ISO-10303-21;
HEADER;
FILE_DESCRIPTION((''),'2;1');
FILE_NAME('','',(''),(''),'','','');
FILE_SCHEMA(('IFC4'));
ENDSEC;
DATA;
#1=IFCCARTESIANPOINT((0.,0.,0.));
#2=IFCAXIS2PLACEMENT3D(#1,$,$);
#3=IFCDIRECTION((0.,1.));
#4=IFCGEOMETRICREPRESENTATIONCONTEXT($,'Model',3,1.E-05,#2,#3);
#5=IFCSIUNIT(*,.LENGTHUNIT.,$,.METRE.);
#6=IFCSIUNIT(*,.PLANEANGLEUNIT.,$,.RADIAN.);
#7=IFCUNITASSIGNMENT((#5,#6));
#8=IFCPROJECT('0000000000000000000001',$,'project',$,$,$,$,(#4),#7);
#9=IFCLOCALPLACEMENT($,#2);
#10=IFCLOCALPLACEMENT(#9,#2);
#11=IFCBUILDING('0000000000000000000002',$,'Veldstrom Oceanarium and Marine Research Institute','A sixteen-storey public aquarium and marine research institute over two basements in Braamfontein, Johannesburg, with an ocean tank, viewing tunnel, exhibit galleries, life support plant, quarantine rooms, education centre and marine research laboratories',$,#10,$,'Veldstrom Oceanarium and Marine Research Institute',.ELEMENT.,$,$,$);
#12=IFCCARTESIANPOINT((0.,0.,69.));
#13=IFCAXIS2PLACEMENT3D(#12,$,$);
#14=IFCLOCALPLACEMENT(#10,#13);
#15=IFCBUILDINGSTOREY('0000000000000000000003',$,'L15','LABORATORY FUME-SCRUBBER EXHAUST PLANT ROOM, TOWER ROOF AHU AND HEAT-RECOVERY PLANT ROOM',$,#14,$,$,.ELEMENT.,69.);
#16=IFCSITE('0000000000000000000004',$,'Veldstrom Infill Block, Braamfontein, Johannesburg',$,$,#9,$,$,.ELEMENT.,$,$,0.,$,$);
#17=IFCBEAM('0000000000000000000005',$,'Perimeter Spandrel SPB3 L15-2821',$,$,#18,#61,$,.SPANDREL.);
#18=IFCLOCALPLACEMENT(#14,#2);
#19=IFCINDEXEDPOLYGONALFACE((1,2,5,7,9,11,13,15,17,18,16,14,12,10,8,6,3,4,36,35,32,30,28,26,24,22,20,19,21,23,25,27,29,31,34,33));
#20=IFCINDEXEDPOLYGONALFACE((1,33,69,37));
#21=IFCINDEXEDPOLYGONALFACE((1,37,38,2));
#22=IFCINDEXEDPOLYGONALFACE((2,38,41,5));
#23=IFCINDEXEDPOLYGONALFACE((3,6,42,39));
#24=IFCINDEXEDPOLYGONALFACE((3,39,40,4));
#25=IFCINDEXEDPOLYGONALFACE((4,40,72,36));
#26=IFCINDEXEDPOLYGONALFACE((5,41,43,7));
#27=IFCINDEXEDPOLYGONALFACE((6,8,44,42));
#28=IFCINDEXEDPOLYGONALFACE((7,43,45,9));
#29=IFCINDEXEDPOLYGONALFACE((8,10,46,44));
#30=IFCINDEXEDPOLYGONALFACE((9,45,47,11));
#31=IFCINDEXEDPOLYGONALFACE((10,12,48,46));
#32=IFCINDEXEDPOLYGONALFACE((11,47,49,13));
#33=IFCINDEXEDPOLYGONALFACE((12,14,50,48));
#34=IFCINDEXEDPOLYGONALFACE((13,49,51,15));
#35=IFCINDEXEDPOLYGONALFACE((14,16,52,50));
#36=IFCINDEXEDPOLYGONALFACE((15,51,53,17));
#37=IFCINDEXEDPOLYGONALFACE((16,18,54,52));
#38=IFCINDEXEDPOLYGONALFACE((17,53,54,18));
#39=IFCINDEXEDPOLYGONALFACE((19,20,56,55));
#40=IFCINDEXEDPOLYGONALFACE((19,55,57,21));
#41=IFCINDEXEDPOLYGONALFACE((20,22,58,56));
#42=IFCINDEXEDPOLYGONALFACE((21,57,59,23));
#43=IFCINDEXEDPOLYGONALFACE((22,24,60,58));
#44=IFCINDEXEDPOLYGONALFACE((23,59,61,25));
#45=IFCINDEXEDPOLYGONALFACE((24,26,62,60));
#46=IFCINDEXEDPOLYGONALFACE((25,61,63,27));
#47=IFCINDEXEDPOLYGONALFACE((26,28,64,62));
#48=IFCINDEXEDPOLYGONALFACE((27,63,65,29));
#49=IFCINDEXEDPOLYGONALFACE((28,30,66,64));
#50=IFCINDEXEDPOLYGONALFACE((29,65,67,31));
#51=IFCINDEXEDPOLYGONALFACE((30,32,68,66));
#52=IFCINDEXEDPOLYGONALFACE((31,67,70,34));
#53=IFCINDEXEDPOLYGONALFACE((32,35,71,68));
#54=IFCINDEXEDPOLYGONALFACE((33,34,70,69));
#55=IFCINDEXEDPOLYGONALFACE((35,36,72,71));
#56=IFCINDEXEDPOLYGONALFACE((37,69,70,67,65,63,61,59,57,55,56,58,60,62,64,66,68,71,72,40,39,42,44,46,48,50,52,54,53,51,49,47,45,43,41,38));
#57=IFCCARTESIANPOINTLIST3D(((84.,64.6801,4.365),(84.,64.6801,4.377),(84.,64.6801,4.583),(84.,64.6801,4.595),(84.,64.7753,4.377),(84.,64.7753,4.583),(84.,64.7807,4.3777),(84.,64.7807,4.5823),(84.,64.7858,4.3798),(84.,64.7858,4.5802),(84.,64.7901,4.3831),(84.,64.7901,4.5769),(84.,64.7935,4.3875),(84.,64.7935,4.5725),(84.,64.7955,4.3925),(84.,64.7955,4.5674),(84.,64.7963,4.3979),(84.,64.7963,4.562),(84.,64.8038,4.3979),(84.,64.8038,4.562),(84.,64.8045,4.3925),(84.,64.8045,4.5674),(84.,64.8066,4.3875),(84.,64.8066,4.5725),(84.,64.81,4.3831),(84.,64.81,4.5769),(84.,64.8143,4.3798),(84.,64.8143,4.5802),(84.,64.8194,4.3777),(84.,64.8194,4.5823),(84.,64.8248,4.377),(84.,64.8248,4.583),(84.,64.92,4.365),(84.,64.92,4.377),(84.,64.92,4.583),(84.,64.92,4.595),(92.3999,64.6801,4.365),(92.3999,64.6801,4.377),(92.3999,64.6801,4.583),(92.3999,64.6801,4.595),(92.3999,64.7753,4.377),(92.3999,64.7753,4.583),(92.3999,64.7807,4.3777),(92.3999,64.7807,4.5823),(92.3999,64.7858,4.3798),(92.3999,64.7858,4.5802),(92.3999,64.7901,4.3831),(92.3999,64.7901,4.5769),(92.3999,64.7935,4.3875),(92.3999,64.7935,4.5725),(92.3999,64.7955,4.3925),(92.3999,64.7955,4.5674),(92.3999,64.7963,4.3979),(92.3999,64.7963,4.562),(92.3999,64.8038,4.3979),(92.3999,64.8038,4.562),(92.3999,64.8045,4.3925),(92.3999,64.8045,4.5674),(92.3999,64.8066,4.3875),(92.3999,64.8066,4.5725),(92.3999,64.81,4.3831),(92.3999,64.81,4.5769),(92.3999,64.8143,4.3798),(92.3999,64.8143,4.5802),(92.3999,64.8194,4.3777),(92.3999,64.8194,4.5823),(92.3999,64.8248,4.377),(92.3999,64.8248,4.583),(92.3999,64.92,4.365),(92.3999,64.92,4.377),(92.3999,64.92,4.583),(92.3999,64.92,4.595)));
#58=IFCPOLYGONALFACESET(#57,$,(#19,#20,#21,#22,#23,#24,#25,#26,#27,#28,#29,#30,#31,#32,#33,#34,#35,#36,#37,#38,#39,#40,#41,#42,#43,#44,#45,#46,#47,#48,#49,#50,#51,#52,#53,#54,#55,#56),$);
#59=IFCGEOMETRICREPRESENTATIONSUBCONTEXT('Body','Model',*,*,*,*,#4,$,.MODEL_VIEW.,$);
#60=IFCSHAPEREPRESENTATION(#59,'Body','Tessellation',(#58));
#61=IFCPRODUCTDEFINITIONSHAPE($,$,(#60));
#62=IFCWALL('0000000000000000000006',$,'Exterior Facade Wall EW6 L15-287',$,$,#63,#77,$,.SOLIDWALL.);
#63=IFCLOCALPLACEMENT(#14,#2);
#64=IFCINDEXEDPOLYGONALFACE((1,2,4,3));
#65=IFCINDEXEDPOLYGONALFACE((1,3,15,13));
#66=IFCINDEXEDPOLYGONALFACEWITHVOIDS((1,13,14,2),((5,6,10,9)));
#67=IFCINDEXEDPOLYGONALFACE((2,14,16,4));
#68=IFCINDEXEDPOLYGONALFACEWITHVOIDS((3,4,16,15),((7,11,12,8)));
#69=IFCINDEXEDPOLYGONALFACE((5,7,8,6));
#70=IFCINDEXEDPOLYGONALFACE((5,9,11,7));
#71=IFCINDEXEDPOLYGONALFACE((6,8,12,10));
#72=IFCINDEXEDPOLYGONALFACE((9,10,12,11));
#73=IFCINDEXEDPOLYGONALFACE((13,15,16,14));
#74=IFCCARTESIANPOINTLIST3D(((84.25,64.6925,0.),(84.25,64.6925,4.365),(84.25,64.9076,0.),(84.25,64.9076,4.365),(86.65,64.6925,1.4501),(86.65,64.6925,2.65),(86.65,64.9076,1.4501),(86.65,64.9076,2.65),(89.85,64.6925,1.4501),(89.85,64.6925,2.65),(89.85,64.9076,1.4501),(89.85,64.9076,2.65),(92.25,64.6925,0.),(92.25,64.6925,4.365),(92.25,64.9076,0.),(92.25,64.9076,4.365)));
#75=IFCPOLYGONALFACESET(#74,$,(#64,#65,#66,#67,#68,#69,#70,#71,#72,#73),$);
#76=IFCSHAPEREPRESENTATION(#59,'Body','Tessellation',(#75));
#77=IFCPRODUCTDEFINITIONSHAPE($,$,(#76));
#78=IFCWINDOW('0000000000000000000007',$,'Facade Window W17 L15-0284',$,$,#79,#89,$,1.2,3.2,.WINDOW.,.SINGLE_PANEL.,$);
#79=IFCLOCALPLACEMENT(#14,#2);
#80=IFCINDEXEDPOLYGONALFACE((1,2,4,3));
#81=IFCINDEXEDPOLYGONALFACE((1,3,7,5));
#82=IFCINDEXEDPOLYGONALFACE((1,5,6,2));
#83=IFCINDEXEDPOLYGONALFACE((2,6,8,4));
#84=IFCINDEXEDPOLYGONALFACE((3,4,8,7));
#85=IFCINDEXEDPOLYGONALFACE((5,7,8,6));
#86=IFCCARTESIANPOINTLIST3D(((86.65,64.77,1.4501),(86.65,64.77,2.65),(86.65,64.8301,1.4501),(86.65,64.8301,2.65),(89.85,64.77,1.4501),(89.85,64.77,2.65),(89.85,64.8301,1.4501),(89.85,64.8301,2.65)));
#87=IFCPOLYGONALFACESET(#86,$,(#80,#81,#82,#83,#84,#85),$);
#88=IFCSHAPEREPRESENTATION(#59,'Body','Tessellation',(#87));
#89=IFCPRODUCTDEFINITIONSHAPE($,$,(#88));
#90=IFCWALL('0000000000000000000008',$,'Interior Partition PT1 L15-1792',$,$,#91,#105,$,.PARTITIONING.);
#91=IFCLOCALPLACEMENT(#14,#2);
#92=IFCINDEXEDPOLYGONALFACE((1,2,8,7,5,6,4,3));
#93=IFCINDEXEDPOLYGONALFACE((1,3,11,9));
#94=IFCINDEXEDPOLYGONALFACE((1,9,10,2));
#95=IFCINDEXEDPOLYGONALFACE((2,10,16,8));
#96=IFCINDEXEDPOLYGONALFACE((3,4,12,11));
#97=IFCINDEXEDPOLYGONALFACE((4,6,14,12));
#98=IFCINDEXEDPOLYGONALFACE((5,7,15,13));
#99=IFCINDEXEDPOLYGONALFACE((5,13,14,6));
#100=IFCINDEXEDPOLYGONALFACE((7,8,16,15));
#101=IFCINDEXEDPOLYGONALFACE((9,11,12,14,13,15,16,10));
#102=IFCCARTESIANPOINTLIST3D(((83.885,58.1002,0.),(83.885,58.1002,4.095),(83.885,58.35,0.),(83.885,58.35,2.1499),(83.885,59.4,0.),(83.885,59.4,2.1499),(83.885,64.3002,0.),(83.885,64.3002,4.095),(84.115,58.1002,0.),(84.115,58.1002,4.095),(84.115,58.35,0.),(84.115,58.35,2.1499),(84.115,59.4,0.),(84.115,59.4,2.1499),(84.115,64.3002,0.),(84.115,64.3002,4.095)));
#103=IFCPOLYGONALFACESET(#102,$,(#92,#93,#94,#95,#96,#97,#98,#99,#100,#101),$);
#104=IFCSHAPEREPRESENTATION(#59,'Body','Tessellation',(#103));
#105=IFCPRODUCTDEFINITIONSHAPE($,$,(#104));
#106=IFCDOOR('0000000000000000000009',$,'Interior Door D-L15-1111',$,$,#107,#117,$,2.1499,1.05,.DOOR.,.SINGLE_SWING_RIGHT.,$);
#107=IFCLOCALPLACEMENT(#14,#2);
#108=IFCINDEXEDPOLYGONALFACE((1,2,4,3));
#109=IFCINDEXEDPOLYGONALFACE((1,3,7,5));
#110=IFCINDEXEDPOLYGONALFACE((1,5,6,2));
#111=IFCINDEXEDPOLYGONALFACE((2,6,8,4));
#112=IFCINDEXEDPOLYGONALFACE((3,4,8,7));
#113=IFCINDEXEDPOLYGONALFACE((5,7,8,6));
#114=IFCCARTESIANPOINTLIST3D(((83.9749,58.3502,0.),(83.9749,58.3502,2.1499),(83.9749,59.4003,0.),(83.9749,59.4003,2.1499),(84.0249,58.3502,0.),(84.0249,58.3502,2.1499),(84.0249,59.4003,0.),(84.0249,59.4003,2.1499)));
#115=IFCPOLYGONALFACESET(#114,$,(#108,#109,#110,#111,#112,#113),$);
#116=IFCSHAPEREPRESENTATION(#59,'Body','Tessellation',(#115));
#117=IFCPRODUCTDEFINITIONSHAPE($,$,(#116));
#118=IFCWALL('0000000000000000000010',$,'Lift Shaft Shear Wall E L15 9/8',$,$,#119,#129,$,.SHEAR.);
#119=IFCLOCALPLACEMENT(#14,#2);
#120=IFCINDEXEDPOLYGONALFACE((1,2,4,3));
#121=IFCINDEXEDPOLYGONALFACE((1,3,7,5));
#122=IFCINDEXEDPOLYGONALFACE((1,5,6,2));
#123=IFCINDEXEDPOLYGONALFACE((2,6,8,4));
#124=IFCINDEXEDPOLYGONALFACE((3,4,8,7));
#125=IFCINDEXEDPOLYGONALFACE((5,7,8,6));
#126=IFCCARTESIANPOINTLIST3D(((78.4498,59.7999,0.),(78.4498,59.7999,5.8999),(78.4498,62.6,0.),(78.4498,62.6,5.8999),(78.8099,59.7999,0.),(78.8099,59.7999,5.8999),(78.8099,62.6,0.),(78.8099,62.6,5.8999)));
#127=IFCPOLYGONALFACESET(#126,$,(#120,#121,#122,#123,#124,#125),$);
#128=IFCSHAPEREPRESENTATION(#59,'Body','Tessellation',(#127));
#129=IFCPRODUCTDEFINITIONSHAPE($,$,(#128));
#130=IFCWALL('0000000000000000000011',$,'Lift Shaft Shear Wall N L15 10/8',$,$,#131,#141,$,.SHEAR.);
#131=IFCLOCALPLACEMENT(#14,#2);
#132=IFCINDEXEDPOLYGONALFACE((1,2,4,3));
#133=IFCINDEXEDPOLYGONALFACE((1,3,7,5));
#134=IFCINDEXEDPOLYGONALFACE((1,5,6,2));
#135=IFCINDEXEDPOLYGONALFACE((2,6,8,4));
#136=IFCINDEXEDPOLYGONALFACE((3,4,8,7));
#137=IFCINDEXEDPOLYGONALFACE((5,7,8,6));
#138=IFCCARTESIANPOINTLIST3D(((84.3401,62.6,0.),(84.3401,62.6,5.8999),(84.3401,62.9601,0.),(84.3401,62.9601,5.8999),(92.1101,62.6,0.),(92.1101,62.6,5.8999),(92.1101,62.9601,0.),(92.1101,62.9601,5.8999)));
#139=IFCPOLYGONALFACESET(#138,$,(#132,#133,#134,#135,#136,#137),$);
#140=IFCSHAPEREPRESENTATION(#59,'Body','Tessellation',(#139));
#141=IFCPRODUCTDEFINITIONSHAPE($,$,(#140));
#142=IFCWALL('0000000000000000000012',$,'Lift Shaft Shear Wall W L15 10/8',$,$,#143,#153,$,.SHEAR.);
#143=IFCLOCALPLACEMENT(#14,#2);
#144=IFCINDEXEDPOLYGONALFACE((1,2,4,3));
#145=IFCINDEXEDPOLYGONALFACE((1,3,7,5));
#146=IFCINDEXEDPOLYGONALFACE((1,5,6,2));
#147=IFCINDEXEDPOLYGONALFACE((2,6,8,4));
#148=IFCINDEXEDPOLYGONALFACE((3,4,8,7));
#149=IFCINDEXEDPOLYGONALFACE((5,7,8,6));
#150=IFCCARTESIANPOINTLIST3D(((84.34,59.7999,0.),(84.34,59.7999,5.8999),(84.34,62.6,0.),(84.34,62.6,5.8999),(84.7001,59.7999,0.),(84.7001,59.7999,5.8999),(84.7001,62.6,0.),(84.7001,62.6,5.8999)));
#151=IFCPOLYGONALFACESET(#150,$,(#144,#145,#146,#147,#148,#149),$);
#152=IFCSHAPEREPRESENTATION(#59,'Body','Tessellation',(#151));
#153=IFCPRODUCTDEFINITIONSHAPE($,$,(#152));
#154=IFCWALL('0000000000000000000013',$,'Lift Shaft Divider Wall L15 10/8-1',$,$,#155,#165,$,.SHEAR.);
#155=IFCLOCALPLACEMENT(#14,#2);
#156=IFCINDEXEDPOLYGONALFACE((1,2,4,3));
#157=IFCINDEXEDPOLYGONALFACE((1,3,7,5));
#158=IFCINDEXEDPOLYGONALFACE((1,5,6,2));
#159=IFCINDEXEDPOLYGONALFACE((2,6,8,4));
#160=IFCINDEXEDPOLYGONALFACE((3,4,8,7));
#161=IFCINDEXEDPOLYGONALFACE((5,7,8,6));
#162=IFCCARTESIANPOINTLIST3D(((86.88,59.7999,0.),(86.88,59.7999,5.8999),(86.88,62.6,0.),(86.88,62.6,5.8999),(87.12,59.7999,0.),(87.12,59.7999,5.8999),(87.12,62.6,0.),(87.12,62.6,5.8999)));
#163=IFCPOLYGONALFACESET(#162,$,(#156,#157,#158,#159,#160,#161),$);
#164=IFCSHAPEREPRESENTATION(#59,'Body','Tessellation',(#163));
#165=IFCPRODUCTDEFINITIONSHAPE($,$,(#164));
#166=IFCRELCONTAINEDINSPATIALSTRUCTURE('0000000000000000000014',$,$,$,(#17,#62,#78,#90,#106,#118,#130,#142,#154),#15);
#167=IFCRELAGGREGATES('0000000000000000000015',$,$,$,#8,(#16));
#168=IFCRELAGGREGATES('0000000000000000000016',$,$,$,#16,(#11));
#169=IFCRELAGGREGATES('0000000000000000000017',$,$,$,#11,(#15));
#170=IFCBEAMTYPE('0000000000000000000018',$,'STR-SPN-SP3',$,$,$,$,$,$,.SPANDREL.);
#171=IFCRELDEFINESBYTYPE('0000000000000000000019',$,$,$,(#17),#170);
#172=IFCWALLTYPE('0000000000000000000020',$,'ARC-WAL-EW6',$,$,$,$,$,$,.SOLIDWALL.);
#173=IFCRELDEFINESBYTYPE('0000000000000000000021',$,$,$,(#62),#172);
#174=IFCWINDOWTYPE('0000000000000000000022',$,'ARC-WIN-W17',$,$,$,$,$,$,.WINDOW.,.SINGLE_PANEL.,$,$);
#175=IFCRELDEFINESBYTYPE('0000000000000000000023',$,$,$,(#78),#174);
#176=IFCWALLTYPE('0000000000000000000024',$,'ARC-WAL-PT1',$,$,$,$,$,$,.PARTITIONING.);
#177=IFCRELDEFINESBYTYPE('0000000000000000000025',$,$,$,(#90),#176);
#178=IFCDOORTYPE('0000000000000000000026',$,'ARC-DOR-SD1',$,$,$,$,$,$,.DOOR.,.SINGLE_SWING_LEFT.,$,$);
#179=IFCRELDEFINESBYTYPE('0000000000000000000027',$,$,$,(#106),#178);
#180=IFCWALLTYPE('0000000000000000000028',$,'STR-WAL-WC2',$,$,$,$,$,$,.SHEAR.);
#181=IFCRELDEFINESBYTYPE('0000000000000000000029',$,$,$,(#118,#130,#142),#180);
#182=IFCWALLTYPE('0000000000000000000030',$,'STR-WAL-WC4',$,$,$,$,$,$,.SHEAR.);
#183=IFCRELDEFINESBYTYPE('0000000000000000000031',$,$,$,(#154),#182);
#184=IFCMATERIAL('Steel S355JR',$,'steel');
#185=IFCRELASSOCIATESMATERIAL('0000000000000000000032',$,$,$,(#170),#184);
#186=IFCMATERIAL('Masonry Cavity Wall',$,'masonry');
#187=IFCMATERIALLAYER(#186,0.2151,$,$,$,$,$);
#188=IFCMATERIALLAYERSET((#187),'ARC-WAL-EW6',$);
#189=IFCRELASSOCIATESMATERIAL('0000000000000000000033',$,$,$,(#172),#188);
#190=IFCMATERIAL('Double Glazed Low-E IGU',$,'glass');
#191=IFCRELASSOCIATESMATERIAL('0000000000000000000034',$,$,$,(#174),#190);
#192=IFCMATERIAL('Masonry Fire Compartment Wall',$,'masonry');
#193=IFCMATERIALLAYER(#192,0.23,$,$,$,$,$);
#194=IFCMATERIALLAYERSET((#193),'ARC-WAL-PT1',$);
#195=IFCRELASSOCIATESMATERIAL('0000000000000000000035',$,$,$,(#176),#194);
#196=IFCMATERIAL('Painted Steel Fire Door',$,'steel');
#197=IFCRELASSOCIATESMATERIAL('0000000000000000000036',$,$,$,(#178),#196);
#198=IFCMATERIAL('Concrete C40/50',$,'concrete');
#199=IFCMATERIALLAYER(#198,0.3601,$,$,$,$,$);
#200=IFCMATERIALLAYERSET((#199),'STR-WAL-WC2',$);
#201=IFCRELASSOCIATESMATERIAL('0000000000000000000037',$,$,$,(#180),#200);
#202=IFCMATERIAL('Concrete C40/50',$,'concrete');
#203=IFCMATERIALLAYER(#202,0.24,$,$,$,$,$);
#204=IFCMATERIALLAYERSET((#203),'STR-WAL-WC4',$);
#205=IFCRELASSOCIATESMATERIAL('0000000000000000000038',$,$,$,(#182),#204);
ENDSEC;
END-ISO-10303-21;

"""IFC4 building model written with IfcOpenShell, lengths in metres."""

from ifc_helpers import new_model, si_unit, direction, frame, frame_2d, origin, origin_2d, place, context, subcontext, project, spatial, rectangle, i_section, extrude, material, layer, layer_set, material_profile, profile_set, type_object, element, fill, save


model = new_model("IFC4")

# Units and contexts
model_context = context("Model", 3, precision=1e-05, world=origin(), true_north=direction((0.0, 1.0)))
body_context = subcontext(model_context, "Body", "Model", "MODEL_VIEW")
ifc_project = project(units=[si_unit("LENGTHUNIT", "METRE"), si_unit("PLANEANGLEUNIT", "RADIAN")], contexts=[model_context])

# Site, building, storey
site_placement = place(None, origin())
site = spatial("IfcSite", under=ifc_project, at=site_placement, Name="Veldstrom Infill Block, Braamfontein, Johannesburg", CompositionType="ELEMENT", RefElevation=0.0)
building_placement = place(site_placement, origin())
building = spatial("IfcBuilding", under=site, at=building_placement, Name="Veldstrom Oceanarium and Marine Research Institute", Description="A sixteen-storey public aquarium and marine research institute over two basements in Braamfontein, Johannesburg, with an ocean tank, viewing tunnel, exhibit galleries, life support plant, quarantine rooms, education centre and marine research laboratories", LongName="Veldstrom Oceanarium and Marine Research Institute", CompositionType="ELEMENT")
storey_placement = place(building_placement, frame((0.0, 0.0, 69.0)))
storey = spatial("IfcBuildingStorey", under=building, at=storey_placement, Name="L15", Description="LABORATORY FUME-SCRUBBER EXHAUST PLANT ROOM, TOWER ROOF AHU AND HEAT-RECOVERY PLANT ROOM", CompositionType="ELEMENT", Elevation=69.0)

# Beam
ifc_material_1 = material(Name="Steel S355JR", Category="steel")
ifc_material_profile_1 = material_profile(ifc_material_1, i_section(OverallWidth=0.24, OverallDepth=0.23, WebThickness=0.0076, FlangeThickness=0.012, FilletRadius=0.021, at=origin_2d()), Name="HEA 240")
ifc_profile_set_1 = profile_set([ifc_material_profile_1], Name="Steel S355JR")
beam_type_1 = type_object("IfcBeamType", Name="STR-SPN-SP3", PredefinedType="SPANDREL", material=ifc_profile_set_1)
beam_1_placement = place(storey_placement, frame((84.0, 64.8, 4.48), z_axis=(1.0, 0.0, 0.0), x_axis=(0.0, 1.0, 0.0)))
element("IfcBeam", 1, at=beam_1_placement, inside=storey, type_object=beam_type_1, Name="Perimeter Spandrel SPB3 L15-2821", PredefinedType="SPANDREL", context=body_context, shape_type="SweptSolid", body=[
    extrude(i_section(OverallWidth=0.24, OverallDepth=0.23, WebThickness=0.0076, FlangeThickness=0.012, FilletRadius=0.021, at=origin_2d()), origin(), (0.0, 0.0, 1.0), 8.3999),
])

# Wall, opening, window
ifc_material_2 = material(Name="Masonry Cavity Wall", Category="masonry")
ifc_layer_1 = layer(ifc_material_2, 0.2151)
ifc_layer_set_1 = layer_set([ifc_layer_1], Name="ARC-WAL-EW6")
wall_type_1 = type_object("IfcWallType", Name="ARC-WAL-EW6", PredefinedType="SOLIDWALL", material=ifc_layer_set_1)
wall_1_placement = place(storey_placement, frame((84.25, 64.8, 0.0), z_axis=(0.0, 0.0, 1.0), x_axis=(1.0, 0.0, 0.0)))
wall_1 = element("IfcWall", 2, at=wall_1_placement, inside=storey, type_object=wall_type_1, Name="Exterior Facade Wall EW6 L15-287", PredefinedType="SOLIDWALL", context=body_context, shape_type="SweptSolid", body=[
    extrude(rectangle(XDim=8.0, YDim=0.2151, at=frame_2d((4.0, 0.0))), origin(), (0.0, 0.0, 1.0), 4.365),
])
opening_1_placement = place(wall_1_placement, frame((2.3999, 0.0, 1.45)))
opening_1 = element("IfcOpeningElement", 3, at=opening_1_placement, cuts=wall_1, PredefinedType="OPENING", context=body_context, shape_type="SweptSolid", body=[
    extrude(rectangle(XDim=3.2, YDim=1.2, at=frame_2d((1.6001, 0.6001))), frame((0.0, 0.1174, 0.0), z_axis=(0.0, -1.0, 0.0), x_axis=(1.0, 0.0, 0.0)), (0.0, 0.0, 1.0), 0.2351),
])
ifc_material_3 = material(Name="Double Glazed Low-E IGU", Category="glass")
window_type = type_object("IfcWindowType", Name="ARC-WIN-W17", PartitioningType="SINGLE_PANEL", PredefinedType="WINDOW", material=ifc_material_3)
window_placement = place(opening_1_placement, origin())
window = element("IfcWindow", 4, at=window_placement, inside=storey, type_object=window_type, Name="Facade Window W17 L15-0284", OverallHeight=1.2, OverallWidth=3.2, PartitioningType="SINGLE_PANEL", PredefinedType="WINDOW", context=body_context, shape_type="SweptSolid", body=[
    extrude(rectangle(XDim=3.2, YDim=1.2, at=frame_2d((1.6001, 0.6001))), frame((0.0, 0.03, 0.0), z_axis=(0.0, -1.0, 0.0), x_axis=(1.0, 0.0, 0.0)), (0.0, 0.0, 1.0), 0.0601),
])
fill(opening_1, window)

# Wall, opening, door
ifc_material_4 = material(Name="Masonry Fire Compartment Wall", Category="masonry")
ifc_layer_2 = layer(ifc_material_4, 0.23)
ifc_layer_set_2 = layer_set([ifc_layer_2], Name="ARC-WAL-PT1")
wall_type_2 = type_object("IfcWallType", Name="ARC-WAL-PT1", PredefinedType="PARTITIONING", material=ifc_layer_set_2)
wall_2_placement = place(storey_placement, frame((84.0, 58.1001, 0.0), z_axis=(0.0, 0.0, 1.0), x_axis=(0.0, 1.0, 0.0)))
wall_2 = element("IfcWall", 5, at=wall_2_placement, inside=storey, type_object=wall_type_2, Name="Interior Partition PT1 L15-1792", PredefinedType="PARTITIONING", context=body_context, shape_type="SweptSolid", body=[
    extrude(rectangle(XDim=6.2, YDim=0.23, at=frame_2d((3.1001, 0.0))), origin(), (0.0, 0.0, 1.0), 4.095),
])
opening_2_placement = place(wall_2_placement, frame((0.25, 0.0, 0.0)))
opening_2 = element("IfcOpeningElement", 6, at=opening_2_placement, cuts=wall_2, PredefinedType="OPENING", context=body_context, shape_type="SweptSolid", body=[
    extrude(rectangle(XDim=1.05, YDim=2.1499, at=frame_2d((0.5249, 1.075))), frame((0.0, 0.125, 0.0), z_axis=(0.0, -1.0, 0.0), x_axis=(1.0, 0.0, 0.0)), (0.0, 0.0, 1.0), 0.25),
])
ifc_material_5 = material(Name="Painted Steel Fire Door", Category="steel")
door_type_1 = type_object("IfcDoorType", Name="ARC-DOR-SD1", OperationType="SINGLE_SWING_LEFT", PredefinedType="DOOR", material=ifc_material_5)
door_1_placement = place(opening_2_placement, frame((1.05, 0.0, 0.0), z_axis=(0.0, 0.0, 1.0), x_axis=(-1.0, 0.0, 0.0)))
door_1 = element("IfcDoor", 7, at=door_1_placement, inside=storey, type_object=door_type_1, Name="Interior Door D-L15-1111", OperationType="SINGLE_SWING_RIGHT", OverallHeight=2.1499, OverallWidth=1.05, PredefinedType="DOOR", context=body_context, shape_type="SweptSolid", body=[
    extrude(rectangle(XDim=1.05, YDim=2.1499, at=frame_2d((0.5249, 1.075))), frame((0.0, 0.0249, 0.0), z_axis=(0.0, -1.0, 0.0), x_axis=(1.0, 0.0, 0.0)), (0.0, 0.0, 1.0), 0.05),
])
fill(opening_2, door_1)

# Walls
ifc_material_6 = material(Name="Concrete C40/50", Category="concrete")
ifc_layer_3 = layer(ifc_material_6, 0.3601)
ifc_layer_set_3 = layer_set([ifc_layer_3], Name="STR-WAL-WC2")
wall_type_3 = type_object("IfcWallType", Name="STR-WAL-WC2", PredefinedType="SHEAR", material=ifc_layer_set_3)
wall_3_placement = place(storey_placement, frame((78.6299, 59.8, 0.0), z_axis=(0.0, 0.0, 1.0), x_axis=(0.0, 1.0, 0.0)))
element("IfcWall", 8, at=wall_3_placement, inside=storey, type_object=wall_type_3, Name="Lift Shaft Shear Wall E L15 9/8", PredefinedType="SHEAR", context=body_context, shape_type="SweptSolid", body=[
    extrude(rectangle(XDim=2.8, YDim=0.3601, at=frame_2d((1.3999, 0.0))), origin(), (0.0, 0.0, 1.0), 5.8999),
])
wall_4_placement = place(storey_placement, frame((84.3401, 62.78, 0.0), z_axis=(0.0, 0.0, 1.0), x_axis=(1.0, 0.0, 0.0)))
element("IfcWall", 9, at=wall_4_placement, inside=storey, type_object=wall_type_3, Name="Lift Shaft Shear Wall N L15 10/8", PredefinedType="SHEAR", context=body_context, shape_type="SweptSolid", body=[
    extrude(rectangle(XDim=7.77, YDim=0.3601, at=frame_2d((3.885, 0.0))), origin(), (0.0, 0.0, 1.0), 5.8999),
])

# Walls
wall_5_placement = place(storey_placement, frame((84.52, 59.8, 0.0), z_axis=(0.0, 0.0, 1.0), x_axis=(0.0, 1.0, 0.0)))
element("IfcWall", 10, at=wall_5_placement, inside=storey, type_object=wall_type_3, Name="Lift Shaft Shear Wall W L15 10/8", PredefinedType="SHEAR", context=body_context, shape_type="SweptSolid", body=[
    extrude(rectangle(XDim=2.8, YDim=0.3601, at=frame_2d((1.3999, 0.0))), origin(), (0.0, 0.0, 1.0), 5.8999),
])
ifc_material_7 = material(Name="Concrete C40/50", Category="concrete")
ifc_layer_4 = layer(ifc_material_7, 0.24)
ifc_layer_set_4 = layer_set([ifc_layer_4], Name="STR-WAL-WC4")
wall_type_4 = type_object("IfcWallType", Name="STR-WAL-WC4", PredefinedType="SHEAR", material=ifc_layer_set_4)
wall_6_placement = place(storey_placement, frame((87.0, 59.8, 0.0), z_axis=(0.0, 0.0, 1.0), x_axis=(0.0, 1.0, 0.0)))
element("IfcWall", 11, at=wall_6_placement, inside=storey, type_object=wall_type_4, Name="Lift Shaft Divider Wall L15 10/8-1", PredefinedType="SHEAR", context=body_context, shape_type="SweptSolid", body=[
    extrude(rectangle(XDim=2.8, YDim=0.24, at=frame_2d((1.3999, 0.0))), origin(), (0.0, 0.0, 1.0), 5.8999),
])

save(model, "model.ifc")
